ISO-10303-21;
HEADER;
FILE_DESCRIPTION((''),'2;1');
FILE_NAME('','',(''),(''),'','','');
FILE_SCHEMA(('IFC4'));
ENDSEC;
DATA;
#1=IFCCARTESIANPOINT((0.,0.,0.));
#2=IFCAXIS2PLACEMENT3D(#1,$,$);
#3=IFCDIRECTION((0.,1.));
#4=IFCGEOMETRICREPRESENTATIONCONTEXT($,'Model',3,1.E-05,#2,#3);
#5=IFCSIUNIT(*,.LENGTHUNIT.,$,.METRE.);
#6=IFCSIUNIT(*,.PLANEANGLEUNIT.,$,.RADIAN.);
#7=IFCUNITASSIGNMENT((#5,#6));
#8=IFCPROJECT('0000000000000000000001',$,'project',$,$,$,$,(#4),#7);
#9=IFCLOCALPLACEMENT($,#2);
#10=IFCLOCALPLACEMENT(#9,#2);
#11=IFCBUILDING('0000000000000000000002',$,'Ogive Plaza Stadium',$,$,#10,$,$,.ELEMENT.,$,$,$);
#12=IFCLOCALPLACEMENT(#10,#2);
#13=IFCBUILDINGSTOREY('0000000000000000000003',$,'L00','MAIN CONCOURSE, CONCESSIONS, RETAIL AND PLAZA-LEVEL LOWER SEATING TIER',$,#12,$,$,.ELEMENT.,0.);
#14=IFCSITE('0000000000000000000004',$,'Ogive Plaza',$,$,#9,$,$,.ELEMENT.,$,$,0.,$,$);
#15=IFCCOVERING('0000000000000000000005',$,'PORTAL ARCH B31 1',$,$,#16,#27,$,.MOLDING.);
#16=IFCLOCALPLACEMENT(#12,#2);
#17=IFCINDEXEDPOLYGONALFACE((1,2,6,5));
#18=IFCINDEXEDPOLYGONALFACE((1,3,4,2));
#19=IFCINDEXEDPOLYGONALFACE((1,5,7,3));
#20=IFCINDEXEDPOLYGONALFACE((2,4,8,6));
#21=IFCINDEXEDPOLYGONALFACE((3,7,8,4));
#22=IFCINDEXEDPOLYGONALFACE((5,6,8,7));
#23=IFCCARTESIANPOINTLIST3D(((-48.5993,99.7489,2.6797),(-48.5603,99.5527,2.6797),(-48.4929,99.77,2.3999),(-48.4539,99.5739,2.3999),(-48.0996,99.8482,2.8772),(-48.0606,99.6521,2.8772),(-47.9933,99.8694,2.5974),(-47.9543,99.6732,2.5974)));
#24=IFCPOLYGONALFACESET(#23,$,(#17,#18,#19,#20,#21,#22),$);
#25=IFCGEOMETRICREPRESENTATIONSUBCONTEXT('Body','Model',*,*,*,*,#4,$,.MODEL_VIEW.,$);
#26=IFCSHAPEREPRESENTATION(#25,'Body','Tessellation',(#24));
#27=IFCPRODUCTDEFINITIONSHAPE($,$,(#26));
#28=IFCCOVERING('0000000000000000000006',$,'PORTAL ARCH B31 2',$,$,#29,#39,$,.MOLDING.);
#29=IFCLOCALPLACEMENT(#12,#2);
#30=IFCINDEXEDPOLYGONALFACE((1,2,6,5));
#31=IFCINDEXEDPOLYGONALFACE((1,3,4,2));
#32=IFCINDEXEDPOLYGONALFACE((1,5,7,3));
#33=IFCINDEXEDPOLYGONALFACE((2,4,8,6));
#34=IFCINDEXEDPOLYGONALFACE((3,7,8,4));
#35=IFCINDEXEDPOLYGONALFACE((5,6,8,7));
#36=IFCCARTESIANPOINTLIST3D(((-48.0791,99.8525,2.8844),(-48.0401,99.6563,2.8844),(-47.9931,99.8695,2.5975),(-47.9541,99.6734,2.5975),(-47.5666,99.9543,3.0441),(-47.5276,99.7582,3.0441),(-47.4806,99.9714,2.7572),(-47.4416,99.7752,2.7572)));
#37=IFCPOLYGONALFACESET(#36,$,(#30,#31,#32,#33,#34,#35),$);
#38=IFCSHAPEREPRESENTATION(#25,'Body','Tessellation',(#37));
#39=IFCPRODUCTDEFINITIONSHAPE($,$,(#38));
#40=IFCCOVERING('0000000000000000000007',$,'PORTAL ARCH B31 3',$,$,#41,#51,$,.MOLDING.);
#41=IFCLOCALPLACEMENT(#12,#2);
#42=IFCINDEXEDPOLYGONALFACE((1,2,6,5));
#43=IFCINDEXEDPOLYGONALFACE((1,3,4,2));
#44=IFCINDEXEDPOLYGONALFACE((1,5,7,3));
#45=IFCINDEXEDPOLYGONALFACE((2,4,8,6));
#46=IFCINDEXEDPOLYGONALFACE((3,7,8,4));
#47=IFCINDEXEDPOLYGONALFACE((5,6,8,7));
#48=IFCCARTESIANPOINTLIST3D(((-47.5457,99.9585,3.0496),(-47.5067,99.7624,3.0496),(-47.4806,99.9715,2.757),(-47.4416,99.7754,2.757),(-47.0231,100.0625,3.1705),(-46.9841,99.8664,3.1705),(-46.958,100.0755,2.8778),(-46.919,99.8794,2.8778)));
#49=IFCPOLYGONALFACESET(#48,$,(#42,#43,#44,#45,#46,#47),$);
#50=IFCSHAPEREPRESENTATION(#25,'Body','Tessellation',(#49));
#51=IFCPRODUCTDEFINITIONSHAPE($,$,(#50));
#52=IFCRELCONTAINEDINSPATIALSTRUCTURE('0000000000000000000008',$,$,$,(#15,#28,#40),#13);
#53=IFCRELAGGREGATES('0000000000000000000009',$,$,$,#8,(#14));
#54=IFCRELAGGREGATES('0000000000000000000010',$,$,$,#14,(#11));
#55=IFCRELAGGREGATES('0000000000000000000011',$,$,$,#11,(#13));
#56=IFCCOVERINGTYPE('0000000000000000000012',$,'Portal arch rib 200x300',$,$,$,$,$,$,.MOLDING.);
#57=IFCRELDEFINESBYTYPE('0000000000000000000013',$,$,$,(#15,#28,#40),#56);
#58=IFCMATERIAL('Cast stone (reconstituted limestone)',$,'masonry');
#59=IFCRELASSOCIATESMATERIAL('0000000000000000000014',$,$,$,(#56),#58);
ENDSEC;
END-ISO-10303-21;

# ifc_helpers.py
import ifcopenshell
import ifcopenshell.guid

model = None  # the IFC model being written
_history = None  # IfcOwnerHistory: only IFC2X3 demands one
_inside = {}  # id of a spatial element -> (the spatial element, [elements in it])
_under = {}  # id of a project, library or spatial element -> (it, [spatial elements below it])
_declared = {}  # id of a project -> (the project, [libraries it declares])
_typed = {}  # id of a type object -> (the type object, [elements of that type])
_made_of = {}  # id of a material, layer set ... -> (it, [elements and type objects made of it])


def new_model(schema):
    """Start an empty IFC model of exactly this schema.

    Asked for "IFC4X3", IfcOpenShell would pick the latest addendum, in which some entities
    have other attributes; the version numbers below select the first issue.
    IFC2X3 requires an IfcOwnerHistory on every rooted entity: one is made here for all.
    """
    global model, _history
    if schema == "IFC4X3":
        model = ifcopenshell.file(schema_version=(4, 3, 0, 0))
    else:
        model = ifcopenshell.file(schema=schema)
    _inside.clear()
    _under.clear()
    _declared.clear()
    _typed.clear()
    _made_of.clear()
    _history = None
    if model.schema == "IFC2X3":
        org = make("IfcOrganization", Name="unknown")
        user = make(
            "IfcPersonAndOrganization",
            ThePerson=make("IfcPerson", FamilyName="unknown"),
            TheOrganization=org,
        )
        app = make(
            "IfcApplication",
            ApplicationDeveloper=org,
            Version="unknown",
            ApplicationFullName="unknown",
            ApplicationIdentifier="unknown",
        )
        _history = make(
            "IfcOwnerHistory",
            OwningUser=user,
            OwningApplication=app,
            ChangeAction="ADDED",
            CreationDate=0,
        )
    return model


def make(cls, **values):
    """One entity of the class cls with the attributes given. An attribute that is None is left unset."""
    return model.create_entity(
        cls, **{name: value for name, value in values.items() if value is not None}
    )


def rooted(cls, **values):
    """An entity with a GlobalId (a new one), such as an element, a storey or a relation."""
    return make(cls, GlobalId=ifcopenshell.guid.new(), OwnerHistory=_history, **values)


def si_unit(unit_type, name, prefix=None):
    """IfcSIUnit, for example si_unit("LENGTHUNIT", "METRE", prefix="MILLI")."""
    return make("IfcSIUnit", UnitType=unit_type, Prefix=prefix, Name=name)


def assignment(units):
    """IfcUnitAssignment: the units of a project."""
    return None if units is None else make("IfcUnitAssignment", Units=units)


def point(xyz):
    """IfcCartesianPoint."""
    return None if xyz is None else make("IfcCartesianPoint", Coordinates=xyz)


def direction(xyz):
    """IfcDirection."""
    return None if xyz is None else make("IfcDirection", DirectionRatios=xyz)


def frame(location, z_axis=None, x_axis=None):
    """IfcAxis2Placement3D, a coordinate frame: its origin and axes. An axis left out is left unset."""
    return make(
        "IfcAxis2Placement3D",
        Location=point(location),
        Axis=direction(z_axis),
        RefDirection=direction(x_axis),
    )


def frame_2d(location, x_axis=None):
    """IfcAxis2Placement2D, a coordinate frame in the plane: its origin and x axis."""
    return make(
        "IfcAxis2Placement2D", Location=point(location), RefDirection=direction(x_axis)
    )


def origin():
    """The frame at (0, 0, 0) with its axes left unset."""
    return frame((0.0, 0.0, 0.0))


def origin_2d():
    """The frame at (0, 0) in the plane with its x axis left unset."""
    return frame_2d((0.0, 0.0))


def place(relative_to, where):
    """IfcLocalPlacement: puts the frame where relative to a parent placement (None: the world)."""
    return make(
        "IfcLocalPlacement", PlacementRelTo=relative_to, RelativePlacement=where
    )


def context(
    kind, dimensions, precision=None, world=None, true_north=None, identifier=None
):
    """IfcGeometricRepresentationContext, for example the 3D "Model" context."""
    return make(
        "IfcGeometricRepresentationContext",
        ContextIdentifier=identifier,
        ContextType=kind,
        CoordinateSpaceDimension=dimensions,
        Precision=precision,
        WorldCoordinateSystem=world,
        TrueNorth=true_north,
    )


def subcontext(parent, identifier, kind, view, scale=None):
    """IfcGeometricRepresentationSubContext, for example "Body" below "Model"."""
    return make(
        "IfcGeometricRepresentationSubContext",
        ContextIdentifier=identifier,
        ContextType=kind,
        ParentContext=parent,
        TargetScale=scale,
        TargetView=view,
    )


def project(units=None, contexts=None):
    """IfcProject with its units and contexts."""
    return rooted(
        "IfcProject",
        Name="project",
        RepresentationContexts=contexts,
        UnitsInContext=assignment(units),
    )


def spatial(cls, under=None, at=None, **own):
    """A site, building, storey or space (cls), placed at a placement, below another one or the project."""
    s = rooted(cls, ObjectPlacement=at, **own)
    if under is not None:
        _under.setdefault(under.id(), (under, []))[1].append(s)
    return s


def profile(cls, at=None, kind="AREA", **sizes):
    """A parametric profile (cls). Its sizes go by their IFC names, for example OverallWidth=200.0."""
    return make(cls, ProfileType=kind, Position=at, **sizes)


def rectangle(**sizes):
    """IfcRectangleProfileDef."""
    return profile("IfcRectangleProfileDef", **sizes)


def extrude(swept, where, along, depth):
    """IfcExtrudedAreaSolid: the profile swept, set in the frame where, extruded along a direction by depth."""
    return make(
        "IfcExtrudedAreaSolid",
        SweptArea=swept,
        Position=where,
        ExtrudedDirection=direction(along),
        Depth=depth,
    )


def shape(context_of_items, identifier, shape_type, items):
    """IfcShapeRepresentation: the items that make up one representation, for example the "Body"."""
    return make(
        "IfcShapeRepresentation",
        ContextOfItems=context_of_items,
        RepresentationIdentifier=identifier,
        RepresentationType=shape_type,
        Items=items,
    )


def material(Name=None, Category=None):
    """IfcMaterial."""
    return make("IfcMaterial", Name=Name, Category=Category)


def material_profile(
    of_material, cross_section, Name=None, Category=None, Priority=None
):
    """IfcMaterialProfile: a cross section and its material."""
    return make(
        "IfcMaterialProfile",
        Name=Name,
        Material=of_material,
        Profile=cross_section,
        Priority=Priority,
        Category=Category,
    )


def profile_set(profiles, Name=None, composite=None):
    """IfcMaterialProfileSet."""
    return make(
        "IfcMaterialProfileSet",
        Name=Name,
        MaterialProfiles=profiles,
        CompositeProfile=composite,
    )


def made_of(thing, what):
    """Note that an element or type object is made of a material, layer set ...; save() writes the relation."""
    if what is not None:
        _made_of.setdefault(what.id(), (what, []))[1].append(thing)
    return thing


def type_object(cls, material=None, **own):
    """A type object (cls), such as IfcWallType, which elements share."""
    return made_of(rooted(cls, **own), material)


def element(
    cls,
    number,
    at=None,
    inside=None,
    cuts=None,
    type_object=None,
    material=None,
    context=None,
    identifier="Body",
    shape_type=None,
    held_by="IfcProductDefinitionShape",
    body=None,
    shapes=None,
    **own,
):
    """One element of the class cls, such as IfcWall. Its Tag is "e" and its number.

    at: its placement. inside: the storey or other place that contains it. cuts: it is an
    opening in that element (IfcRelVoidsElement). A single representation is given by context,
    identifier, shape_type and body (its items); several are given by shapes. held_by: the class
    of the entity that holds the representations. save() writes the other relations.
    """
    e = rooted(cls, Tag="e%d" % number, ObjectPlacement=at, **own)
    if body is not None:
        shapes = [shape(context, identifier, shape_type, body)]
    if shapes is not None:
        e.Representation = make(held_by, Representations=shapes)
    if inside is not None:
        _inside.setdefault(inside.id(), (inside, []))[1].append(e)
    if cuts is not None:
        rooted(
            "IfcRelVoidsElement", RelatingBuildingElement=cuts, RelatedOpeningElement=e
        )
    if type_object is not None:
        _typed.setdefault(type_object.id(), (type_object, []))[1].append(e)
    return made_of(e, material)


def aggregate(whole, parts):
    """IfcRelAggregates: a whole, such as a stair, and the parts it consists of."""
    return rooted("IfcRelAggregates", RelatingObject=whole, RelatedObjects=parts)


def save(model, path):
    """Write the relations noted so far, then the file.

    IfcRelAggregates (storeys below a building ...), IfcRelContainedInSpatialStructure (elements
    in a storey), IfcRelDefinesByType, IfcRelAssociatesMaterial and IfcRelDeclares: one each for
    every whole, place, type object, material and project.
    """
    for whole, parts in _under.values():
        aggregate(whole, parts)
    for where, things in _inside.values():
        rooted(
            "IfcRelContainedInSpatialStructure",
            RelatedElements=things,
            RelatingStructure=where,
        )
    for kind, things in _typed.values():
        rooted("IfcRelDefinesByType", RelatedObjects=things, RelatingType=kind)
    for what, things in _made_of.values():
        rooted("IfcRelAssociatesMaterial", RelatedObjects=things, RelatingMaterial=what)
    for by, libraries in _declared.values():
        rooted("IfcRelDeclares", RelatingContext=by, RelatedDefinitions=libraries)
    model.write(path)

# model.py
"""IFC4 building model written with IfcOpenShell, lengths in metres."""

from ifc_helpers import new_model, si_unit, direction, frame, origin, origin_2d, place, context, subcontext, project, spatial, rectangle, extrude, material, material_profile, profile_set, type_object, element, save


model = new_model("IFC4")

# Units and contexts
model_context = context("Model", 3, precision=1e-05, world=origin(), true_north=direction((0.0, 1.0)))
body_context = subcontext(model_context, "Body", "Model", "MODEL_VIEW")
ifc_project = project(units=[si_unit("LENGTHUNIT", "METRE"), si_unit("PLANEANGLEUNIT", "RADIAN")], contexts=[model_context])

# Site, building, storey
site_placement = place(None, origin())
site = spatial("IfcSite", under=ifc_project, at=site_placement, Name="Ogive Plaza", CompositionType="ELEMENT", RefElevation=0.0)
building_placement = place(site_placement, origin())
building = spatial("IfcBuilding", under=site, at=building_placement, Name="Ogive Plaza Stadium", CompositionType="ELEMENT")
storey_placement = place(building_placement, origin())
storey = spatial("IfcBuildingStorey", under=building, at=storey_placement, Name="L00", Description="MAIN CONCOURSE, CONCESSIONS, RETAIL AND PLAZA-LEVEL LOWER SEATING TIER", CompositionType="ELEMENT", Elevation=0.0)

# Coverings
ifc_material_1 = material(Name="Cast stone (reconstituted limestone)", Category="masonry")
ifc_material_profile_1 = material_profile(ifc_material_1, rectangle(XDim=0.2, YDim=0.3, at=origin_2d()), Name="Cast stone 200x300")
ifc_profile_set_1 = profile_set([ifc_material_profile_1], Name="Cast stone (reconstituted limestone)")
covering_type = type_object("IfcCoveringType", Name="Portal arch rib 200x300", PredefinedType="MOLDING", material=ifc_profile_set_1)
for number, where, z_axis, x_axis, name in (
    (1, (-48.5266, 99.6614, 2.5398), (0.914501, 0.181828, 0.361422), (-0.19501, 0.980801, 0.0), "PORTAL ARCH B31 1"),
    (2, (-48.0166, 99.7629, 2.741), (0.938007, 0.18635, 0.292261), (-0.194858, 0.980831, 0.0), "PORTAL ARCH B31 2"),
    (3, (-47.4937, 99.8669, 2.9033), (0.956492, 0.190316, 0.221141), (-0.195147, 0.980774, 0.0), "PORTAL ARCH B31 3"),
):
    element("IfcCovering", number, at=place(storey_placement, frame(where, z_axis=z_axis, x_axis=x_axis)), inside=storey, type_object=covering_type, Name=name, PredefinedType="MOLDING", context=body_context, shape_type="SweptSolid", body=[
        extrude(rectangle(XDim=0.2, YDim=0.3, at=origin_2d()), origin(), (0.0, 0.0, 1.0), 0.5464),
    ])

save(model, "model.ifc")
